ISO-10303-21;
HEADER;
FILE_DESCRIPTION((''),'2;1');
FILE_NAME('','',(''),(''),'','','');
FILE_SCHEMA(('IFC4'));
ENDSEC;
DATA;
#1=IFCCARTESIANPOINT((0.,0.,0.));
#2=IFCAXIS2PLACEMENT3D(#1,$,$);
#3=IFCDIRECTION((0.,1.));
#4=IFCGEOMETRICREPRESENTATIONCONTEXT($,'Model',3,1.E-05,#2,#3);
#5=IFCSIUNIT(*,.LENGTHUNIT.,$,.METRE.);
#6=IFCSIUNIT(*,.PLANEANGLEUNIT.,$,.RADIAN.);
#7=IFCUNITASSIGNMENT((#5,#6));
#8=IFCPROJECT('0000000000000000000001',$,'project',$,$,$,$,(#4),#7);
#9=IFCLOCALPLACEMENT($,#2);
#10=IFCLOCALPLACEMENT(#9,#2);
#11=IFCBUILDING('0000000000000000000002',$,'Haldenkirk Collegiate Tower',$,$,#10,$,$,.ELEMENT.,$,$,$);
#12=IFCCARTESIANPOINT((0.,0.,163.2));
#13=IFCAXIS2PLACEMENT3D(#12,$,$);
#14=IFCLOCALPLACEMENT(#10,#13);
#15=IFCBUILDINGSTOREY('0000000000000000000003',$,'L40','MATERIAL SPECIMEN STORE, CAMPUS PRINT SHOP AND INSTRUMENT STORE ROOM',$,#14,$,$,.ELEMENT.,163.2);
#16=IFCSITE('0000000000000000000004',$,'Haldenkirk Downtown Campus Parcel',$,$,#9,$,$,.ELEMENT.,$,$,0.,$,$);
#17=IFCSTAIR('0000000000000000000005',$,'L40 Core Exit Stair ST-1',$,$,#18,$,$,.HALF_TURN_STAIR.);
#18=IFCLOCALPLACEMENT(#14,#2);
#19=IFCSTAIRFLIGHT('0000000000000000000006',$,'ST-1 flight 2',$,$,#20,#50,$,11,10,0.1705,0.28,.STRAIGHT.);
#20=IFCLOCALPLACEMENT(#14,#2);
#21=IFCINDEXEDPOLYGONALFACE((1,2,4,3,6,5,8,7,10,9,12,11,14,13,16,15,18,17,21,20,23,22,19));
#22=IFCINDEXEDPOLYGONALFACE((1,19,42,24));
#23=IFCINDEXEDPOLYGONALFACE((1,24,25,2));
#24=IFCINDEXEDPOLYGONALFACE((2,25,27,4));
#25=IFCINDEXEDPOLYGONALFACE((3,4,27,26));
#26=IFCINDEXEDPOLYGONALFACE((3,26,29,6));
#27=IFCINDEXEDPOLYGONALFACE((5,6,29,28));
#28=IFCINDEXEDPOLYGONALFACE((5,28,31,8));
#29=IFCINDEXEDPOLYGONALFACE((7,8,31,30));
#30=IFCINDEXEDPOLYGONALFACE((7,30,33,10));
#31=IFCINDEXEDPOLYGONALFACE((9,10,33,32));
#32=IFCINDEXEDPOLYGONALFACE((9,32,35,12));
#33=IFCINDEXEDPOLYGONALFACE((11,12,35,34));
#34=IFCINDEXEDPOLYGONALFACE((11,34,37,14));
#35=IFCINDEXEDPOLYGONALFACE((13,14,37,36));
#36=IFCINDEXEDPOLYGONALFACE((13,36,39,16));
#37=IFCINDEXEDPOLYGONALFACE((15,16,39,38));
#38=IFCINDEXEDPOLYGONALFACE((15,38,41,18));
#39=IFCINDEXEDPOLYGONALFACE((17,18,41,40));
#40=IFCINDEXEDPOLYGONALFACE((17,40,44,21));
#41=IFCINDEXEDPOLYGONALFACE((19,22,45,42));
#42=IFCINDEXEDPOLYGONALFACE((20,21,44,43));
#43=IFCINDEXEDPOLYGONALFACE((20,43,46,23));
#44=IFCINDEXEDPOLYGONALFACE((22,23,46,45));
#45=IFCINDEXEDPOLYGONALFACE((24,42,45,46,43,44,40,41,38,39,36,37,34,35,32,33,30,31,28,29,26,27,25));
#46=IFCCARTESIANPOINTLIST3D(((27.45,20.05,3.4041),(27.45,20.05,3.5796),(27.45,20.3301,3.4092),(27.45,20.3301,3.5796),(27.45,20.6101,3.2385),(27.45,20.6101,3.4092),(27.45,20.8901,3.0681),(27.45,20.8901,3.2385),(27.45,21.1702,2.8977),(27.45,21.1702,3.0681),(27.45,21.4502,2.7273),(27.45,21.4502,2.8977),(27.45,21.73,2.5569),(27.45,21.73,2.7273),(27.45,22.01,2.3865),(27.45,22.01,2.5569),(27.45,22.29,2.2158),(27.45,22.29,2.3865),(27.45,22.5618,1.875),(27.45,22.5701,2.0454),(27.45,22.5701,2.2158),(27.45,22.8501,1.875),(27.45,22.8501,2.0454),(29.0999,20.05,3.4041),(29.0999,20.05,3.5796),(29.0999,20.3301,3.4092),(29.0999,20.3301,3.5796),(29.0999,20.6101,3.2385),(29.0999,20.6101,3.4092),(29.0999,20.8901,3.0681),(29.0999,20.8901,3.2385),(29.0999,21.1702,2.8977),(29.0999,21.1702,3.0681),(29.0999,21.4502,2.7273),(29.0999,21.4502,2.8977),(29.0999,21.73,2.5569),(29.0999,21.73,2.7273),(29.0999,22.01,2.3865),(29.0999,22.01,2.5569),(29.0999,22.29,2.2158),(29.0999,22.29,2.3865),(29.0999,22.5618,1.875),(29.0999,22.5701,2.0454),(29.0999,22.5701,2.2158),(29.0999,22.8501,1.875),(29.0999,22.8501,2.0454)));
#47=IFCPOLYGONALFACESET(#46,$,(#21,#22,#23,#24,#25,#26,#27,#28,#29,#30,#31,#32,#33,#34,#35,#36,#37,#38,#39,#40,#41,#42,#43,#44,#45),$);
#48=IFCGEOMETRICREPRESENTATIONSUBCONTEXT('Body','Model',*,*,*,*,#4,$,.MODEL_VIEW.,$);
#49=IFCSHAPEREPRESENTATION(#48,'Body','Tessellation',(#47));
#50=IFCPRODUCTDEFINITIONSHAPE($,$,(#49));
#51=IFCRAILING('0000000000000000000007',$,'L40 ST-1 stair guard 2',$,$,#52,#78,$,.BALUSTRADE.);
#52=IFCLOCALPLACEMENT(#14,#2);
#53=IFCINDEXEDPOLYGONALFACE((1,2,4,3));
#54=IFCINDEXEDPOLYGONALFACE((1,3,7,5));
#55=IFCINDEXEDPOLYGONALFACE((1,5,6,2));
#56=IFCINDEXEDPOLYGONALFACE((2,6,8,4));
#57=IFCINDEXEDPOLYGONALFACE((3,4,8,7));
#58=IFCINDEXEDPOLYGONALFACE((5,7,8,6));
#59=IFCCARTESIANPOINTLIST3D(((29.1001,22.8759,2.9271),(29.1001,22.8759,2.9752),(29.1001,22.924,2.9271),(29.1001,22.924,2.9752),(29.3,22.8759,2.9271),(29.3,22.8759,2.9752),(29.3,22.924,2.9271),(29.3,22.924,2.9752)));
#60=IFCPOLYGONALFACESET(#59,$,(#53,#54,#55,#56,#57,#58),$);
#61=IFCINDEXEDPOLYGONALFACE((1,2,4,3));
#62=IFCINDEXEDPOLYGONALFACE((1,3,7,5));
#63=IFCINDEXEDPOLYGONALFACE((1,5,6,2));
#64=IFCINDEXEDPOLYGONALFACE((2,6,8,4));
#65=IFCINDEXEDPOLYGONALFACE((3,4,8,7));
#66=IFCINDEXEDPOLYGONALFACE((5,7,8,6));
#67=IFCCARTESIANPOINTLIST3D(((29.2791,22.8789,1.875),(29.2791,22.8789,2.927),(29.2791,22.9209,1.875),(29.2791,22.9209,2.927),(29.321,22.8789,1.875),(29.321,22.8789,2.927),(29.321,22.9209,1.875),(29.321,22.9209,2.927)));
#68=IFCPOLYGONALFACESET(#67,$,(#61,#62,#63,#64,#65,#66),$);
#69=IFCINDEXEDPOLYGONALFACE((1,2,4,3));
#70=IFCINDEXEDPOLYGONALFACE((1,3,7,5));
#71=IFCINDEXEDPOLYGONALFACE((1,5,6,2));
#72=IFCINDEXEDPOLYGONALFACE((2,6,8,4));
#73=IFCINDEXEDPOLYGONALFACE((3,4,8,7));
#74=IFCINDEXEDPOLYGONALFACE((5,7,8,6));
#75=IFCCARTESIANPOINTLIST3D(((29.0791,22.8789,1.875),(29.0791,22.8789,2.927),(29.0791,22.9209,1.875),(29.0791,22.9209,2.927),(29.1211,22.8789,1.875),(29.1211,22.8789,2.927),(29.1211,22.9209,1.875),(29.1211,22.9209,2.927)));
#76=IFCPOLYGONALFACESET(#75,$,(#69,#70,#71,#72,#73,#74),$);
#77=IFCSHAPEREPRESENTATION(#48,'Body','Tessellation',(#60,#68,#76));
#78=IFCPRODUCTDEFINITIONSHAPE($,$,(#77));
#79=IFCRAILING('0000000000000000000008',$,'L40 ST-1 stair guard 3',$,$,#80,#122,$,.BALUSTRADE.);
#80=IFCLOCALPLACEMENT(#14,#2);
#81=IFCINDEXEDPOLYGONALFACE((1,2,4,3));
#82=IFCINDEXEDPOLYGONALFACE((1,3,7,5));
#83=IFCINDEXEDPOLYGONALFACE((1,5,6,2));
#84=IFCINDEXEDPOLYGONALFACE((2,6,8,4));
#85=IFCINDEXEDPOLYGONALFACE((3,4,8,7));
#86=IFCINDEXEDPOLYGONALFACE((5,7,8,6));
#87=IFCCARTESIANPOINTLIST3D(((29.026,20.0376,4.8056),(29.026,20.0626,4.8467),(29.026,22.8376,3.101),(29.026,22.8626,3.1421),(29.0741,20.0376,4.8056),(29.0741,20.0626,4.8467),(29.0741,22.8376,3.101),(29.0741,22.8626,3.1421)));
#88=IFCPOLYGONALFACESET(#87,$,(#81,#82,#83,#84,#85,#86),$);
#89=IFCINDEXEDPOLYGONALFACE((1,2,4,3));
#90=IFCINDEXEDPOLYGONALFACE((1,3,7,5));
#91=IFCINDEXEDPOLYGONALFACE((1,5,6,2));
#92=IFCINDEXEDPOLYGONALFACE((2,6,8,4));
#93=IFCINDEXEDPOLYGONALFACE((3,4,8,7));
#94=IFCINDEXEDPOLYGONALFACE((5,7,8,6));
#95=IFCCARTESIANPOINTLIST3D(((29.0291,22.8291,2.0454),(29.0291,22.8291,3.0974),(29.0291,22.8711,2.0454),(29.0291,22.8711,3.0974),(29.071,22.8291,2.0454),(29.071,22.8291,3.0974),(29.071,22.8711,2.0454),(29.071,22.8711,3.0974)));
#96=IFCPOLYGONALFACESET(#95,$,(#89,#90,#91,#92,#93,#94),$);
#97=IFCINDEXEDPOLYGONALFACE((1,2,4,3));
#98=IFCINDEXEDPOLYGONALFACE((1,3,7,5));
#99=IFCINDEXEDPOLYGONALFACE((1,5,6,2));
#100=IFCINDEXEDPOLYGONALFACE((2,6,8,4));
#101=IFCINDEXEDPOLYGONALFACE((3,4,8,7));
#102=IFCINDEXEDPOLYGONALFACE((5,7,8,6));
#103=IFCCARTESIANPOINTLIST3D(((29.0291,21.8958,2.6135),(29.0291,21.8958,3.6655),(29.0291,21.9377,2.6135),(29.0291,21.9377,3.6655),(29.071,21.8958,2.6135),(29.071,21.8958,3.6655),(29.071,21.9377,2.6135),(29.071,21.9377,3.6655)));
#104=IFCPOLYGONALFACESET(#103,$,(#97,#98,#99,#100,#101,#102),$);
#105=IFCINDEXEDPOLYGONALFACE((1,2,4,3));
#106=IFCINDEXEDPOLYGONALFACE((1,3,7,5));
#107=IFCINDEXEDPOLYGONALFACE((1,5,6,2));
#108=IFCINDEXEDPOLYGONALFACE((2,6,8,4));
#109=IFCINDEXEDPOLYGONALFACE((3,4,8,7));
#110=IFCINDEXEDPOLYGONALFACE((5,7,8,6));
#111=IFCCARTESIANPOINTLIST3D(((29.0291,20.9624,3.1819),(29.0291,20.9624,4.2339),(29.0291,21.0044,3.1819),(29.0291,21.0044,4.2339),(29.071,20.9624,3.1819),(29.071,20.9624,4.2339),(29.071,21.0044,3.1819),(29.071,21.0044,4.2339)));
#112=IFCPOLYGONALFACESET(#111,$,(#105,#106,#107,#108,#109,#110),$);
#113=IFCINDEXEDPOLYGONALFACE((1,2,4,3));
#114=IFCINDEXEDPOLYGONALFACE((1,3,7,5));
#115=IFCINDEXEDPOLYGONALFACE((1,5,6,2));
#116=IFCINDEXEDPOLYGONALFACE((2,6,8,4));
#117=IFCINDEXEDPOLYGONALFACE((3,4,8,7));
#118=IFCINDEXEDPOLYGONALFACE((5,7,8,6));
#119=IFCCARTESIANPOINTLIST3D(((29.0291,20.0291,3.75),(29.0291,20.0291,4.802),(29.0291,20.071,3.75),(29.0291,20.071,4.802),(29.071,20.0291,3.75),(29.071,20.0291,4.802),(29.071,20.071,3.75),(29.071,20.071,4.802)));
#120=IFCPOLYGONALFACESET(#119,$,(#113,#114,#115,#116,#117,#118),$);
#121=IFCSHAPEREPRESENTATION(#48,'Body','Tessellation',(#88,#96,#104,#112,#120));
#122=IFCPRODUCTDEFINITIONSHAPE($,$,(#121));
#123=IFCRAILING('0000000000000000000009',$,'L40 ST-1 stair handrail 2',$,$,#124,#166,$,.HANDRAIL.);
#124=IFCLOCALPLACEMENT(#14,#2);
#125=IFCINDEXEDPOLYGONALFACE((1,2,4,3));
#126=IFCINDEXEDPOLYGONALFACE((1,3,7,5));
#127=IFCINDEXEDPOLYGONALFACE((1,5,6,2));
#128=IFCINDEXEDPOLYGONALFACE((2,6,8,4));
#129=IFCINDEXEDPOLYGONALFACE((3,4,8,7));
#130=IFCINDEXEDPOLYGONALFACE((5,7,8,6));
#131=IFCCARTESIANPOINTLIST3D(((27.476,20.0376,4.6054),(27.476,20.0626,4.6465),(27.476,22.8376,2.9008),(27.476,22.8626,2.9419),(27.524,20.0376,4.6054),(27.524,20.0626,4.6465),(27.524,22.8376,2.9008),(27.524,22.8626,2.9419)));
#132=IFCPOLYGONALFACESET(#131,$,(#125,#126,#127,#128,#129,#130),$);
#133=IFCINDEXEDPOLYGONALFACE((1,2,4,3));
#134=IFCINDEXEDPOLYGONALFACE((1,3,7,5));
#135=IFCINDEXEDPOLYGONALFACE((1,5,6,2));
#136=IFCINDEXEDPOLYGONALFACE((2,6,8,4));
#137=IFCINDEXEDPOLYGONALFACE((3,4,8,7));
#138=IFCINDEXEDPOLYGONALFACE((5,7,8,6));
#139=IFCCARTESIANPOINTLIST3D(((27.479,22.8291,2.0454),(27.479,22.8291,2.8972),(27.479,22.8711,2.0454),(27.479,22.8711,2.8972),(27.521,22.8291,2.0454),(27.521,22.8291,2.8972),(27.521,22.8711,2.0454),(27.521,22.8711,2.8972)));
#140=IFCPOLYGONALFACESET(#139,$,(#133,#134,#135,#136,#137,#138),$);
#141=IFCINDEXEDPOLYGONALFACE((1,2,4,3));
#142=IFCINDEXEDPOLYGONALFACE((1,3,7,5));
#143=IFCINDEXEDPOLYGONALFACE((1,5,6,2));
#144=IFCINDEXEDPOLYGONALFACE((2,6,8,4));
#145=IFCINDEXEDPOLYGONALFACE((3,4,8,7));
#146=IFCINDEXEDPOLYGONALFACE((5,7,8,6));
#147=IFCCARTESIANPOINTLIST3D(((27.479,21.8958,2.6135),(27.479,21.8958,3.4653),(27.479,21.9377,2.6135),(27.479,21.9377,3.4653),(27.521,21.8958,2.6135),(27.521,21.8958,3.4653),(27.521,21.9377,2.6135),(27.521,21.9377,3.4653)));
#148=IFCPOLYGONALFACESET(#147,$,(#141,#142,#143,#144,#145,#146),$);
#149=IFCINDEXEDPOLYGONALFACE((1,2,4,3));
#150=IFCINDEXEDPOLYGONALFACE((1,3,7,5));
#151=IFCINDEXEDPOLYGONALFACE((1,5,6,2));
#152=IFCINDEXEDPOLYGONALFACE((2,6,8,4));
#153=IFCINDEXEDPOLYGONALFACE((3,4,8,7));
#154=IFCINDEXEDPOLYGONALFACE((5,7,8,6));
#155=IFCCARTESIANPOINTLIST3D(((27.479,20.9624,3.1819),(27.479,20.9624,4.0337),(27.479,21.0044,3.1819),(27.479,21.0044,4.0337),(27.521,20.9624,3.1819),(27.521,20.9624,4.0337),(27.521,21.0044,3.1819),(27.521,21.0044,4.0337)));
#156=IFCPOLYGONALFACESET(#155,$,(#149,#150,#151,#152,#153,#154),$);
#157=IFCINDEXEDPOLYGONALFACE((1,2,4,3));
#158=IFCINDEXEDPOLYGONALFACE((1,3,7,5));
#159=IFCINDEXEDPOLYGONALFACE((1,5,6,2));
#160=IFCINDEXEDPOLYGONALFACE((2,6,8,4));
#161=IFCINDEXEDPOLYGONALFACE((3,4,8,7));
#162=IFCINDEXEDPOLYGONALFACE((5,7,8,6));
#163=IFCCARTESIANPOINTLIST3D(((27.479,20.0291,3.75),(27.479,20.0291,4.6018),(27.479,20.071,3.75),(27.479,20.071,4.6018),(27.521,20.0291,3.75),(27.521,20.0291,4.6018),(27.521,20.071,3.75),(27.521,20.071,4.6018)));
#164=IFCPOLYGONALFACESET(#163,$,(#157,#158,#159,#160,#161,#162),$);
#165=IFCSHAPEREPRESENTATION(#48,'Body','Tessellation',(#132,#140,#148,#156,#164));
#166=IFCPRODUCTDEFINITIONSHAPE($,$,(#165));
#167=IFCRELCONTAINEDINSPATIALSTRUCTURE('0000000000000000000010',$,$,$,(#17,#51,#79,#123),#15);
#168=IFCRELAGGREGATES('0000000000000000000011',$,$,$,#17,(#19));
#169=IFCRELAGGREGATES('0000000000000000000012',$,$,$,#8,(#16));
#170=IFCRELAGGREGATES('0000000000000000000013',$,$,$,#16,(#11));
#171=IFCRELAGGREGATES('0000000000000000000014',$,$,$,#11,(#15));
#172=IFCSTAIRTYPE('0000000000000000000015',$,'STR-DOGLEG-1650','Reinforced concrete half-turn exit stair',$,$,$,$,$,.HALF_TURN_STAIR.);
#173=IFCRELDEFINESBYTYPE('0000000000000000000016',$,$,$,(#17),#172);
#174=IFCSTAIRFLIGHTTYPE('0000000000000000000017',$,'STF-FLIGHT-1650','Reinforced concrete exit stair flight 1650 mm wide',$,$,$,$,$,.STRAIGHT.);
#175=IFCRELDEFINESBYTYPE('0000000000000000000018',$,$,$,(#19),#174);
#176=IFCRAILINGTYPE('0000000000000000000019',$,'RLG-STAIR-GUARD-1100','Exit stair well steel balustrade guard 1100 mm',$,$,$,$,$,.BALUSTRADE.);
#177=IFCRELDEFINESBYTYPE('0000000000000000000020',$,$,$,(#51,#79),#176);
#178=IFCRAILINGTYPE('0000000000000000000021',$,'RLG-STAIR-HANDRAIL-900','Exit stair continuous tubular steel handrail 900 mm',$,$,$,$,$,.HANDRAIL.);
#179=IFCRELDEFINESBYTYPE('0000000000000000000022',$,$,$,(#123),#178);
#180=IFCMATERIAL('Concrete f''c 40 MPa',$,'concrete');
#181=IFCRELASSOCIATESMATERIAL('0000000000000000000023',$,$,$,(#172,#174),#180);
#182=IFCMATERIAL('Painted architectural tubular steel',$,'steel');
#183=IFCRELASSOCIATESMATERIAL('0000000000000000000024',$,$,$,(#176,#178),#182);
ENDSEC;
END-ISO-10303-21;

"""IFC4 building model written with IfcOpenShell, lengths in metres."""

from ifc_helpers import new_model, si_unit, direction, frame, origin, origin_2d, place, context, subcontext, project, spatial, polyline, rectangle, outline, extrude, material, type_object, element, aggregate, save


model = new_model("IFC4")

# Units and contexts
model_context = context("Model", 3, precision=1e-05, world=origin(), true_north=direction((0.0, 1.0)))
body_context = subcontext(model_context, "Body", "Model", "MODEL_VIEW")
ifc_project = project(units=[si_unit("LENGTHUNIT", "METRE"), si_unit("PLANEANGLEUNIT", "RADIAN")], contexts=[model_context])

# Site, building, storey
site_placement = place(None, origin())
site = spatial("IfcSite", under=ifc_project, at=site_placement, Name="Haldenkirk Downtown Campus Parcel", CompositionType="ELEMENT", RefElevation=0.0)
building_placement = place(site_placement, origin())
building = spatial("IfcBuilding", under=site, at=building_placement, Name="Haldenkirk Collegiate Tower", CompositionType="ELEMENT")
storey_placement = place(building_placement, frame((0.0, 0.0, 163.2)))
storey = spatial("IfcBuildingStorey", under=building, at=storey_placement, Name="L40", Description="MATERIAL SPECIMEN STORE, CAMPUS PRINT SHOP AND INSTRUMENT STORE ROOM", CompositionType="ELEMENT", Elevation=163.2)

# Stair, stair flight
ifc_material_1 = material(Name="Concrete f'c 40 MPa", Category="concrete")
stair_type = type_object("IfcStairType", Name="STR-DOGLEG-1650", Description="Reinforced concrete half-turn exit stair", PredefinedType="HALF_TURN_STAIR", material=ifc_material_1)
stair_placement = place(storey_placement, origin())
stair = element("IfcStair", 1, at=stair_placement, inside=storey, type_object=stair_type, Name="L40 Core Exit Stair ST-1", PredefinedType="HALF_TURN_STAIR")
stair_flight_type = type_object("IfcStairFlightType", Name="STF-FLIGHT-1650", Description="Reinforced concrete exit stair flight 1650 mm wide", PredefinedType="STRAIGHT", material=ifc_material_1)
stair_flight_placement = place(storey_placement, frame((28.2749, 22.8501, 1.875), z_axis=(0.0, 0.0, 1.0), x_axis=(0.0, -1.0, 0.0)))
stair_flight = element("IfcStairFlight", 2, at=stair_flight_placement, type_object=stair_flight_type, Name="ST-1 flight 2", NumberOfRisers=11, NumberOfTreads=10, PredefinedType="STRAIGHT", RiserHeight=0.1705, TreadLength=0.28, context=body_context, shape_type="SweptSolid", body=[
    extrude(outline(polyline([(0.0, 0.0), (0.0, 0.1704), (0.28, 0.1704), (0.28, 0.3408), (0.5601, 0.3408), (0.5601, 0.5115), (0.8401, 0.5115), (0.8401, 0.6819), (1.1201, 0.6819), (1.1201, 0.8523), (1.3999, 0.8523), (1.3999, 1.0227), (1.6799, 1.0227), (1.6799, 1.1931), (1.96, 1.1931), (1.96, 1.3635), (2.24, 1.3635), (2.24, 1.5342), (2.52, 1.5342), (2.52, 1.7046), (2.8, 1.7046), (2.8, 1.875), (2.8, 1.5291), (0.2883, 0.0), (0.0, 0.0)])), frame((0.0, 0.825, 0.0), z_axis=(0.0, -1.0, 0.0), x_axis=(1.0, 0.0, 0.0)), (0.0, 0.0, 1.0), 1.6499),
])
aggregate(stair, [stair_flight])

# Railings
ifc_material_2 = material(Name="Painted architectural tubular steel", Category="steel")
railing_type_1 = type_object("IfcRailingType", Name="RLG-STAIR-GUARD-1100", Description="Exit stair well steel balustrade guard 1100 mm", PredefinedType="BALUSTRADE", material=ifc_material_2)
railing_1_placement = place(storey_placement, frame((29.3, 22.8999, 1.875)))
element("IfcRailing", 3, at=railing_1_placement, inside=storey, type_object=railing_type_1, Name="L40 ST-1 stair guard 2", PredefinedType="BALUSTRADE", context=body_context, shape_type="SweptSolid", body=[
    extrude(rectangle(XDim=0.0481, YDim=0.0481, at=origin_2d()), frame((0.0, 0.0, 1.0762), z_axis=(-1.0, 0.0, 0.0), x_axis=(0.0, -1.0, 0.0)), (0.0, 0.0, 1.0), 0.2),
    extrude(rectangle(XDim=0.042, YDim=0.042, at=origin_2d()), origin(), (0.0, 0.0, 1.0), 1.052),
    extrude(rectangle(XDim=0.042, YDim=0.042, at=origin_2d()), frame((-0.2, 0.0, 0.0)), (0.0, 0.0, 1.0), 1.052),
])
railing_2_placement = place(storey_placement, frame((29.05, 22.8501, 2.0454)))
element("IfcRailing", 4, at=railing_2_placement, inside=storey, type_object=railing_type_1, Name="L40 ST-1 stair guard 3", PredefinedType="BALUSTRADE", context=body_context, shape_type="SweptSolid", body=[
    extrude(rectangle(XDim=0.0481, YDim=0.0481, at=origin_2d()), frame((0.0, 0.0, 1.0762), z_axis=(0.0, -0.85417, 0.519994), x_axis=(1.0, 0.0, 0.0)), (0.0, 0.0, 1.0), 3.2781),
    extrude(rectangle(XDim=0.042, YDim=0.042, at=origin_2d()), origin(), (0.0, 0.0, 1.0), 1.052),
    extrude(rectangle(XDim=0.042, YDim=0.042, at=origin_2d()), frame((0.0, -0.9333, 0.5681)), (0.0, 0.0, 1.0), 1.052),
    extrude(rectangle(XDim=0.042, YDim=0.042, at=origin_2d()), frame((0.0, -1.8667, 1.1365)), (0.0, 0.0, 1.0), 1.052),
    extrude(rectangle(XDim=0.042, YDim=0.042, at=origin_2d()), frame((0.0, -2.8, 1.7046)), (0.0, 0.0, 1.0), 1.052),
])
railing_type_2 = type_object("IfcRailingType", Name="RLG-STAIR-HANDRAIL-900", Description="Exit stair continuous tubular steel handrail 900 mm", PredefinedType="HANDRAIL", material=ifc_material_2)
railing_3_placement = place(storey_placement, frame((27.5, 22.8501, 2.0454)))
element("IfcRailing", 5, at=railing_3_placement, inside=storey, type_object=railing_type_2, Name="L40 ST-1 stair handrail 2", PredefinedType="HANDRAIL", context=body_context, shape_type="SweptSolid", body=[
    extrude(rectangle(XDim=0.0481, YDim=0.0481, at=origin_2d()), frame((0.0, 0.0, 0.876), z_axis=(0.0, -0.85417, 0.519994), x_axis=(1.0, 0.0, 0.0)), (0.0, 0.0, 1.0), 3.2781),
    extrude(rectangle(XDim=0.042, YDim=0.042, at=origin_2d()), origin(), (0.0, 0.0, 1.0), 0.8518),
    extrude(rectangle(XDim=0.042, YDim=0.042, at=origin_2d()), frame((0.0, -0.9333, 0.5681)), (0.0, 0.0, 1.0), 0.8518),
    extrude(rectangle(XDim=0.042, YDim=0.042, at=origin_2d()), frame((0.0, -1.8667, 1.1365)), (0.0, 0.0, 1.0), 0.8518),
    extrude(rectangle(XDim=0.042, YDim=0.042, at=origin_2d()), frame((0.0, -2.8, 1.7046)), (0.0, 0.0, 1.0), 0.8518),
])

save(model, "model.ifc")
